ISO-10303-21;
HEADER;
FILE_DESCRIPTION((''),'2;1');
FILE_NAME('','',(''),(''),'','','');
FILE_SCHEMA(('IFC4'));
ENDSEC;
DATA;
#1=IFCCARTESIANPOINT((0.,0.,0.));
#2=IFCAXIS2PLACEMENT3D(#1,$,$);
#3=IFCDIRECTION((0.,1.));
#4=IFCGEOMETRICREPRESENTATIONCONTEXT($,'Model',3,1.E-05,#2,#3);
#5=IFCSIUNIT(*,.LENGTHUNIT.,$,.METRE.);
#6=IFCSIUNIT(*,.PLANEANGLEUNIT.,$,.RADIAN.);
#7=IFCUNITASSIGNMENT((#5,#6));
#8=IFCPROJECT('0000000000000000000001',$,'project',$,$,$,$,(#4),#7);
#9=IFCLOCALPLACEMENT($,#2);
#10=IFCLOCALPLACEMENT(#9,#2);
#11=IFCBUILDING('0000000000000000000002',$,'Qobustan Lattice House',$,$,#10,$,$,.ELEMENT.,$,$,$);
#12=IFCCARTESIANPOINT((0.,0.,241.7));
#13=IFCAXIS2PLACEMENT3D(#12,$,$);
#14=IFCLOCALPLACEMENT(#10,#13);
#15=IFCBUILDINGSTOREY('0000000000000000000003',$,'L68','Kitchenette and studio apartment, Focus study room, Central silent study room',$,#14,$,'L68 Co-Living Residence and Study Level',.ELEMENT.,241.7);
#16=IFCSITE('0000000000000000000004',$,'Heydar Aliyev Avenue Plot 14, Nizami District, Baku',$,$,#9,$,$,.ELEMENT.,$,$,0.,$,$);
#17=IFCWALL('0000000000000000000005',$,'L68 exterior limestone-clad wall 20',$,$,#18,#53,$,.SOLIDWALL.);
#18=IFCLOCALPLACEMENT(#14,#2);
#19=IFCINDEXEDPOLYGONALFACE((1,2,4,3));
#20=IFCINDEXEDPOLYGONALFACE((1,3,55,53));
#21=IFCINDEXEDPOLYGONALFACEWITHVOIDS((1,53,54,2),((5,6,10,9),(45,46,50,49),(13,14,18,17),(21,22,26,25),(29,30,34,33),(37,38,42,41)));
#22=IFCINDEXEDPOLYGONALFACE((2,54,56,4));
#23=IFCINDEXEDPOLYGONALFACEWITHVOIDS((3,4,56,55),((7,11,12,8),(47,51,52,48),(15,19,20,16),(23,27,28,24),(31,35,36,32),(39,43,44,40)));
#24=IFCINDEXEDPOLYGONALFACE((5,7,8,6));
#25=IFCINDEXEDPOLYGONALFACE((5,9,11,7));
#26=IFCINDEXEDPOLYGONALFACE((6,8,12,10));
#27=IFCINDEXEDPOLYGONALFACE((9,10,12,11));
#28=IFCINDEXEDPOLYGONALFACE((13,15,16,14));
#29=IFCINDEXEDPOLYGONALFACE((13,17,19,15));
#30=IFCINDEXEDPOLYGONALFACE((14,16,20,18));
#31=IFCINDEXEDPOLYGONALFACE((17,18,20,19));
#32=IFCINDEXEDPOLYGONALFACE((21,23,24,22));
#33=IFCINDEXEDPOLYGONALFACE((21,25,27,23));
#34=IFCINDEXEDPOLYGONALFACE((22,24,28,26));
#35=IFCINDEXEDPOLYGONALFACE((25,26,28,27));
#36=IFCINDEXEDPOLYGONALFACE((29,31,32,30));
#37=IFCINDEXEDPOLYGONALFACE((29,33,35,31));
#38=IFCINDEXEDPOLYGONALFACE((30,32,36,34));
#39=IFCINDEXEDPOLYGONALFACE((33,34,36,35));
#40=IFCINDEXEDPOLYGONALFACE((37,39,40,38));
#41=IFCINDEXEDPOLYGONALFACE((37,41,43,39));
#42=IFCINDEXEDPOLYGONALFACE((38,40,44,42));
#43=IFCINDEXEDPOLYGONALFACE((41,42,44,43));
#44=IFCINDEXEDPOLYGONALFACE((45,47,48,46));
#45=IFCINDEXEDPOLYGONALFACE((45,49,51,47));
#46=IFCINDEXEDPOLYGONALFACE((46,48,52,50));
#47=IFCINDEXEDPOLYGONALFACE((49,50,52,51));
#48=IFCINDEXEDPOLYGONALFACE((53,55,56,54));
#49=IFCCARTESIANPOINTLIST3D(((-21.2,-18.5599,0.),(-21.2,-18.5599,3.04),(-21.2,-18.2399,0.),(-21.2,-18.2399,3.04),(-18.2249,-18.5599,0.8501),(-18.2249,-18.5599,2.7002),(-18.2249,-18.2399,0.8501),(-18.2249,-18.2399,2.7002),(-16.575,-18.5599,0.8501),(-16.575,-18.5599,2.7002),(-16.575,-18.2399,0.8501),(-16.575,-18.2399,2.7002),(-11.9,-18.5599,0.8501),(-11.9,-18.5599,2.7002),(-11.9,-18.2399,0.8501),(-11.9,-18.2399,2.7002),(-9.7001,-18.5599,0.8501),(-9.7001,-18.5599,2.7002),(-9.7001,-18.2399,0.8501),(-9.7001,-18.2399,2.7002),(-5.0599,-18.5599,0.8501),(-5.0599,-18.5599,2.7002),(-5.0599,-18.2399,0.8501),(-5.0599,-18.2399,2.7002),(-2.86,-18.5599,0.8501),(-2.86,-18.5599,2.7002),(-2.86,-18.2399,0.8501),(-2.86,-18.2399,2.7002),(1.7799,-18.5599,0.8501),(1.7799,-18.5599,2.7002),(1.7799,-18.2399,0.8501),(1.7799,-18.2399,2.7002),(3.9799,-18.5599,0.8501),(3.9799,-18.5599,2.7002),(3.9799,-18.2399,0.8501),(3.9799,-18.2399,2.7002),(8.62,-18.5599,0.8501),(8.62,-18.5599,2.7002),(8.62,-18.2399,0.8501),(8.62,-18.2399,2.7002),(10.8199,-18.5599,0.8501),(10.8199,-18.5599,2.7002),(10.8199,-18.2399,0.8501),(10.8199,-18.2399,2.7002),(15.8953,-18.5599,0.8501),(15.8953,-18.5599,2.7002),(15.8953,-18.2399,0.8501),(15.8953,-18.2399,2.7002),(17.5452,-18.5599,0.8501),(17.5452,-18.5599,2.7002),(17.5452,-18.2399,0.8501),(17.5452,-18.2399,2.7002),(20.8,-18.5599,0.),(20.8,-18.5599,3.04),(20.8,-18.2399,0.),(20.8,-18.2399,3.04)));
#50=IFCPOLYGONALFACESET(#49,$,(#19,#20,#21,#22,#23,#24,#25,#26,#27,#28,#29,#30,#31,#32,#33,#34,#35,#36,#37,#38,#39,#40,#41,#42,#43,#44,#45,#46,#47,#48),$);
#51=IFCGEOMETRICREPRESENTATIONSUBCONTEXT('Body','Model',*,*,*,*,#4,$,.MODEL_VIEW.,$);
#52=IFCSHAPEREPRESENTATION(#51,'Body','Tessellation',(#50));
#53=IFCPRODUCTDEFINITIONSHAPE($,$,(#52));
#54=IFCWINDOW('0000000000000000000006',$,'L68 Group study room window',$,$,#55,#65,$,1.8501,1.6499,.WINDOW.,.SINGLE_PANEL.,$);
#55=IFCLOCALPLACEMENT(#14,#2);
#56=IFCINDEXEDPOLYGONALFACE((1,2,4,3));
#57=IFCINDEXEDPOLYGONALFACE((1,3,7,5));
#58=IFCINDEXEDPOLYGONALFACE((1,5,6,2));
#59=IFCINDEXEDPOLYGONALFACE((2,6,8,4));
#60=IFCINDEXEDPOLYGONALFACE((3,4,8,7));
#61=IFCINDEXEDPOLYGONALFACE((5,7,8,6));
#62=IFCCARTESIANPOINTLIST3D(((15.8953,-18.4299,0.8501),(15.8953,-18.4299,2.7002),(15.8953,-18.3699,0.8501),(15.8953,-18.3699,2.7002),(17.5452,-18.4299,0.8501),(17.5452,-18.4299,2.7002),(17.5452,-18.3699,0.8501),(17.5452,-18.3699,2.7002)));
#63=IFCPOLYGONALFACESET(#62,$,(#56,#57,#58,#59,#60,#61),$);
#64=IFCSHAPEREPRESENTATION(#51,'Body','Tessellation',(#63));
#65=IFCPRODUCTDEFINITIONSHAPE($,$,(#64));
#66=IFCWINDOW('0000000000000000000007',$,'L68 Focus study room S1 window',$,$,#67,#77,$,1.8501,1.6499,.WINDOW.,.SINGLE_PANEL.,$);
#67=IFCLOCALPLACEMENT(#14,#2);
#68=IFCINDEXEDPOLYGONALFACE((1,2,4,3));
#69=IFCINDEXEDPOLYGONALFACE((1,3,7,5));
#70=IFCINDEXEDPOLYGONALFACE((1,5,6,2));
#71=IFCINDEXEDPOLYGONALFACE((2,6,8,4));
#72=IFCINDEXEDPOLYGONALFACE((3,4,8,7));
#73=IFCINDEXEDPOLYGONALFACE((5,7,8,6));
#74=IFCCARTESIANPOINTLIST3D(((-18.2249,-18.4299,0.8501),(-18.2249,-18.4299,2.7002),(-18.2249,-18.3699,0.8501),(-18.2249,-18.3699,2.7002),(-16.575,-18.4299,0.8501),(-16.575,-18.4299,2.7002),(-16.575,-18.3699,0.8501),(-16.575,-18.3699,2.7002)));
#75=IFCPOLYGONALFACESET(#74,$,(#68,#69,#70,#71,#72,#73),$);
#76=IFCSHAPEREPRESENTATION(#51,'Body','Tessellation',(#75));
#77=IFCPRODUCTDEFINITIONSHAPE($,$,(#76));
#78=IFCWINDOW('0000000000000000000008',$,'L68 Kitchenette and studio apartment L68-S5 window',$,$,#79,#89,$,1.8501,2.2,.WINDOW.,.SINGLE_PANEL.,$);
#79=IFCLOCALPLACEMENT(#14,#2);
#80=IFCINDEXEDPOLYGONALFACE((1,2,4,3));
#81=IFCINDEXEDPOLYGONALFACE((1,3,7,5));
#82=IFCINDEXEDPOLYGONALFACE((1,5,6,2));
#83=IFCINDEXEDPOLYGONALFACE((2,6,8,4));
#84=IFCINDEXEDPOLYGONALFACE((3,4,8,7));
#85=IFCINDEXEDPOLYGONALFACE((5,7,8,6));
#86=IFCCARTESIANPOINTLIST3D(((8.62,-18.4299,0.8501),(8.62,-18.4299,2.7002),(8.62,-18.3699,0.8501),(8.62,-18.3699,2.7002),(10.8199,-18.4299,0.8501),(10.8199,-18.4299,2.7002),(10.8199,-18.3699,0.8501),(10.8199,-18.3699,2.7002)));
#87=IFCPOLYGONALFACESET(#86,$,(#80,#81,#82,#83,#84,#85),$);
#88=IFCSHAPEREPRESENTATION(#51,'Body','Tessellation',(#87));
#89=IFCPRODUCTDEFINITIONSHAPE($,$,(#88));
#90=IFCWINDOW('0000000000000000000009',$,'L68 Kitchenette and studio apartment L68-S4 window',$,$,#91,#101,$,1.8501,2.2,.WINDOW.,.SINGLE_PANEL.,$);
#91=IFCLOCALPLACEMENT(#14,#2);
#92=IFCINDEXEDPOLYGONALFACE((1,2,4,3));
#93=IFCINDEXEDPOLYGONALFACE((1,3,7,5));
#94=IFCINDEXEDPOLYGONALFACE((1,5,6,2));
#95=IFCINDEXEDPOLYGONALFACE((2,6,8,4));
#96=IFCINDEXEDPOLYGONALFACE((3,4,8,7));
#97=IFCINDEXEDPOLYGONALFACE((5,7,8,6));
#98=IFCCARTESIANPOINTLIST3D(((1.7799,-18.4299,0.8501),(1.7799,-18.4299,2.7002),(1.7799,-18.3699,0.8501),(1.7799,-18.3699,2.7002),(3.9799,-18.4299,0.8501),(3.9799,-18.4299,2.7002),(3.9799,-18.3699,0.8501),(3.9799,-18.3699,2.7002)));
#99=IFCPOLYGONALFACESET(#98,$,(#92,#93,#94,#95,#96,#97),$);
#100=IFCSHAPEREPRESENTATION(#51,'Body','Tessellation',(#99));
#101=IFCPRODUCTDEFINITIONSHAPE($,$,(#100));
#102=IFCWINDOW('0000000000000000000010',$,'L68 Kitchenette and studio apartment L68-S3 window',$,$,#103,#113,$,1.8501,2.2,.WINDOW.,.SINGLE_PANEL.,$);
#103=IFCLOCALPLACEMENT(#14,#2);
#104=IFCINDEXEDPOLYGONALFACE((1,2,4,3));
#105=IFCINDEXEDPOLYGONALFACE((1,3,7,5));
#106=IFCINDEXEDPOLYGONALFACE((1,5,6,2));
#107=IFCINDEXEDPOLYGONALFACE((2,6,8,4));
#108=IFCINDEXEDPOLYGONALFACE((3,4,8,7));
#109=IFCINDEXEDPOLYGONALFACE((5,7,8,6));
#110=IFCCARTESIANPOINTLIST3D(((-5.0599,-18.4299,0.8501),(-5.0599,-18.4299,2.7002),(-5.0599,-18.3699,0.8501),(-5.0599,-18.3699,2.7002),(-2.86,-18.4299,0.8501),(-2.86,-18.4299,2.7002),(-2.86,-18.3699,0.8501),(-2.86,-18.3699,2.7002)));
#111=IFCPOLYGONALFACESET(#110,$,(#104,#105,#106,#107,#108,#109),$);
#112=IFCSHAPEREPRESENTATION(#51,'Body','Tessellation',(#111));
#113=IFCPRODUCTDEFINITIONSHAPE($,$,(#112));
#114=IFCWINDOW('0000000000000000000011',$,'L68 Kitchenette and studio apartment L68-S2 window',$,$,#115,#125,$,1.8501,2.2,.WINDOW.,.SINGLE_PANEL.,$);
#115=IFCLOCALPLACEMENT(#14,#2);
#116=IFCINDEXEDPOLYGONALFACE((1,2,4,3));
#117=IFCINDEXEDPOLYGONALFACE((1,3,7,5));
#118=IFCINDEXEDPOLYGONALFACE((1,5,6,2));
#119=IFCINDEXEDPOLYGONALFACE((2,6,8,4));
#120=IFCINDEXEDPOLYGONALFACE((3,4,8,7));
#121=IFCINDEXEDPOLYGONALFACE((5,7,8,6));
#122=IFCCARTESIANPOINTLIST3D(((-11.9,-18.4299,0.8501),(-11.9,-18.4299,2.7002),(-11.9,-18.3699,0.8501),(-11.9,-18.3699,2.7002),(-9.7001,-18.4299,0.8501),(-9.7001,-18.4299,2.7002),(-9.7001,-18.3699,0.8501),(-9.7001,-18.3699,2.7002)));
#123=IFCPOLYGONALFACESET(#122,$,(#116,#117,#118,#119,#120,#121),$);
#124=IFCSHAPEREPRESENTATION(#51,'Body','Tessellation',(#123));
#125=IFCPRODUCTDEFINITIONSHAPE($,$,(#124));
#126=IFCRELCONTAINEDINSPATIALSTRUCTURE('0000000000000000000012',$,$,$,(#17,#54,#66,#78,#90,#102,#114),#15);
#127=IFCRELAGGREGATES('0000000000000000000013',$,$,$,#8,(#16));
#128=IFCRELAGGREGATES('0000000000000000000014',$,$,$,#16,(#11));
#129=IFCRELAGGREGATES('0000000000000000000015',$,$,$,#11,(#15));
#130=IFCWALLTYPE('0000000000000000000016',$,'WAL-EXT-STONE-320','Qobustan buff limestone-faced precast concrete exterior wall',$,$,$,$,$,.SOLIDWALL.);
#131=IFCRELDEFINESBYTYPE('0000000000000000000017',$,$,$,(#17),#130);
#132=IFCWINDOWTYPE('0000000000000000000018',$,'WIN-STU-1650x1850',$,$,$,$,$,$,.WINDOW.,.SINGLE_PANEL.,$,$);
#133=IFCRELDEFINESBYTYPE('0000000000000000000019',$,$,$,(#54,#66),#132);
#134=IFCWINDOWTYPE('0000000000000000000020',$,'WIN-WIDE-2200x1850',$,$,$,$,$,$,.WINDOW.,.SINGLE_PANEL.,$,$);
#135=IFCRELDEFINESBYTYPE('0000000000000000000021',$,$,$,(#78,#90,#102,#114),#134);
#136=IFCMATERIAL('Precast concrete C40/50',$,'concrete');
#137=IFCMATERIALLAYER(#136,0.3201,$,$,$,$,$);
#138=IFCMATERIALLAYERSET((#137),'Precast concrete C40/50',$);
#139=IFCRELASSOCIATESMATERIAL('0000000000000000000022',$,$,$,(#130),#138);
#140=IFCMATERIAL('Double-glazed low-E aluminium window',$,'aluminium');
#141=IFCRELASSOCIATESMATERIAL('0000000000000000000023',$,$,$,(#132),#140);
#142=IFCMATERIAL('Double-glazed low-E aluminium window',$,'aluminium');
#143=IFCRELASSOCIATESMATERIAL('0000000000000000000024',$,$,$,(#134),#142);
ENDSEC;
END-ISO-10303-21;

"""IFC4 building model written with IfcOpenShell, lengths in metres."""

from ifc_helpers import new_model, si_unit, direction, frame, frame_2d, origin, place, context, subcontext, project, spatial, rectangle, extrude, material, layer, layer_set, type_object, element, fill, save


model = new_model("IFC4")

# Units and contexts
model_context = context("Model", 3, precision=1e-05, world=origin(), true_north=direction((0.0, 1.0)))
body_context = subcontext(model_context, "Body", "Model", "MODEL_VIEW")
ifc_project = project(units=[si_unit("LENGTHUNIT", "METRE"), si_unit("PLANEANGLEUNIT", "RADIAN")], contexts=[model_context])

# Site, building, storey
site_placement = place(None, origin())
site = spatial("IfcSite", under=ifc_project, at=site_placement, Name="Heydar Aliyev Avenue Plot 14, Nizami District, Baku", CompositionType="ELEMENT", RefElevation=0.0)
building_placement = place(site_placement, origin())
building = spatial("IfcBuilding", under=site, at=building_placement, Name="Qobustan Lattice House", CompositionType="ELEMENT")
storey_placement = place(building_placement, frame((0.0, 0.0, 241.7)))
storey = spatial("IfcBuildingStorey", under=building, at=storey_placement, Name="L68", Description="Kitchenette and studio apartment, Focus study room, Central silent study room", LongName="L68 Co-Living Residence and Study Level", CompositionType="ELEMENT", Elevation=241.7)

# Shared definitions
ifc_material_1 = material(Name="Precast concrete C40/50", Category="concrete")
ifc_layer_1 = layer(ifc_material_1, 0.3201)
ifc_layer_set_1 = layer_set([ifc_layer_1], Name="Precast concrete C40/50")
wall_type = type_object("IfcWallType", Name="WAL-EXT-STONE-320", Description="Qobustan buff limestone-faced precast concrete exterior wall", PredefinedType="SOLIDWALL", material=ifc_layer_set_1)

# Wall, openings, windows
wall_1_placement = place(storey_placement, frame((20.8, -18.3999, 0.0), z_axis=(0.0, 0.0, 1.0), x_axis=(-1.0, 0.0, 0.0)))
wall_1 = element("IfcWall", 1, at=wall_1_placement, inside=storey, type_object=wall_type, Name="L68 exterior limestone-clad wall 20", PredefinedType="SOLIDWALL", context=body_context, shape_type="SweptSolid", body=[
    extrude(rectangle(XDim=42.0, YDim=0.3201, at=frame_2d((21.0, 0.0))), origin(), (0.0, 0.0, 1.0), 3.04),
])
opening_1_placement = place(wall_1_placement, frame((3.2549, 0.0, 0.8501)))
opening_1 = element("IfcOpeningElement", 2, at=opening_1_placement, cuts=wall_1, PredefinedType="OPENING", context=body_context, shape_type="SweptSolid", body=[
    extrude(rectangle(XDim=1.6499, YDim=1.8501, at=frame_2d((0.825, 0.925))), frame((0.0, 0.1699, 0.0), z_axis=(0.0, -1.0, 0.0), x_axis=(1.0, 0.0, 0.0)), (0.0, 0.0, 1.0), 0.3401),
])
opening_2_placement = place(wall_1_placement, frame((9.98, 0.0, 0.8501)))
opening_2 = element("IfcOpeningElement", 3, at=opening_2_placement, cuts=wall_1, PredefinedType="OPENING", context=body_context, shape_type="SweptSolid", body=[
    extrude(rectangle(XDim=2.2, YDim=1.8501, at=frame_2d((1.1001, 0.925))), frame((0.0, 0.1699, 0.0), z_axis=(0.0, -1.0, 0.0), x_axis=(1.0, 0.0, 0.0)), (0.0, 0.0, 1.0), 0.3401),
])
opening_3_placement = place(wall_1_placement, frame((16.8201, 0.0, 0.8501)))
opening_3 = element("IfcOpeningElement", 4, at=opening_3_placement, cuts=wall_1, PredefinedType="OPENING", context=body_context, shape_type="SweptSolid", body=[
    extrude(rectangle(XDim=2.2, YDim=1.8501, at=frame_2d((1.1001, 0.925))), frame((0.0, 0.1699, 0.0), z_axis=(0.0, -1.0, 0.0), x_axis=(1.0, 0.0, 0.0)), (0.0, 0.0, 1.0), 0.3401),
])
opening_4_placement = place(wall_1_placement, frame((23.6599, 0.0, 0.8501)))
opening_4 = element("IfcOpeningElement", 5, at=opening_4_placement, cuts=wall_1, PredefinedType="OPENING", context=body_context, shape_type="SweptSolid", body=[
    extrude(rectangle(XDim=2.2, YDim=1.8501, at=frame_2d((1.1001, 0.925))), frame((0.0, 0.1699, 0.0), z_axis=(0.0, -1.0, 0.0), x_axis=(1.0, 0.0, 0.0)), (0.0, 0.0, 1.0), 0.3401),
])
opening_5_placement = place(wall_1_placement, frame((30.5, 0.0, 0.8501)))
opening_5 = element("IfcOpeningElement", 6, at=opening_5_placement, cuts=wall_1, PredefinedType="OPENING", context=body_context, shape_type="SweptSolid", body=[
    extrude(rectangle(XDim=2.2, YDim=1.8501, at=frame_2d((1.1001, 0.925))), frame((0.0, 0.1699, 0.0), z_axis=(0.0, -1.0, 0.0), x_axis=(1.0, 0.0, 0.0)), (0.0, 0.0, 1.0), 0.3401),
])
opening_6_placement = place(wall_1_placement, frame((37.375, 0.0, 0.8501)))
opening_6 = element("IfcOpeningElement", 7, at=opening_6_placement, cuts=wall_1, PredefinedType="OPENING", context=body_context, shape_type="SweptSolid", body=[
    extrude(rectangle(XDim=1.6499, YDim=1.8501, at=frame_2d((0.825, 0.925))), frame((0.0, 0.1699, 0.0), z_axis=(0.0, -1.0, 0.0), x_axis=(1.0, 0.0, 0.0)), (0.0, 0.0, 1.0), 0.3401),
])
ifc_material_2 = material(Name="Double-glazed low-E aluminium window", Category="aluminium")
window_type_1 = type_object("IfcWindowType", Name="WIN-STU-1650x1850", PartitioningType="SINGLE_PANEL", PredefinedType="WINDOW", material=ifc_material_2)
window_1_placement = place(opening_1_placement, origin())
window_1 = element("IfcWindow", 8, at=window_1_placement, inside=storey, type_object=window_type_1, Name="L68 Group study room window", OverallHeight=1.8501, OverallWidth=1.6499, PartitioningType="SINGLE_PANEL", PredefinedType="WINDOW", context=body_context, shape_type="SweptSolid", body=[
    extrude(rectangle(XDim=1.6499, YDim=1.8501, at=frame_2d((0.825, 0.925))), frame((0.0, 0.03, 0.0), z_axis=(0.0, -1.0, 0.0), x_axis=(1.0, 0.0, 0.0)), (0.0, 0.0, 1.0), 0.0601),
])
fill(opening_1, window_1)
window_2_placement = place(opening_6_placement, origin())
window_2 = element("IfcWindow", 9, at=window_2_placement, inside=storey, type_object=window_type_1, Name="L68 Focus study room S1 window", OverallHeight=1.8501, OverallWidth=1.6499, PartitioningType="SINGLE_PANEL", PredefinedType="WINDOW", context=body_context, shape_type="SweptSolid", body=[
    extrude(rectangle(XDim=1.6499, YDim=1.8501, at=frame_2d((0.825, 0.925))), frame((0.0, 0.03, 0.0), z_axis=(0.0, -1.0, 0.0), x_axis=(1.0, 0.0, 0.0)), (0.0, 0.0, 1.0), 0.0601),
])
fill(opening_6, window_2)
ifc_material_3 = material(Name="Double-glazed low-E aluminium window", Category="aluminium")
window_type_2 = type_object("IfcWindowType", Name="WIN-WIDE-2200x1850", PartitioningType="SINGLE_PANEL", PredefinedType="WINDOW", material=ifc_material_3)
window_3_placement = place(opening_2_placement, origin())
window_3 = element("IfcWindow", 10, at=window_3_placement, inside=storey, type_object=window_type_2, Name="L68 Kitchenette and studio apartment L68-S5 window", OverallHeight=1.8501, OverallWidth=2.2, PartitioningType="SINGLE_PANEL", PredefinedType="WINDOW", context=body_context, shape_type="SweptSolid", body=[
    extrude(rectangle(XDim=2.2, YDim=1.8501, at=frame_2d((1.1001, 0.925))), frame((0.0, 0.03, 0.0), z_axis=(0.0, -1.0, 0.0), x_axis=(1.0, 0.0, 0.0)), (0.0, 0.0, 1.0), 0.0601),
])
fill(opening_2, window_3)
window_4_placement = place(opening_3_placement, origin())
window_4 = element("IfcWindow", 11, at=window_4_placement, inside=storey, type_object=window_type_2, Name="L68 Kitchenette and studio apartment L68-S4 window", OverallHeight=1.8501, OverallWidth=2.2, PartitioningType="SINGLE_PANEL", PredefinedType="WINDOW", context=body_context, shape_type="SweptSolid", body=[
    extrude(rectangle(XDim=2.2, YDim=1.8501, at=frame_2d((1.1001, 0.925))), frame((0.0, 0.03, 0.0), z_axis=(0.0, -1.0, 0.0), x_axis=(1.0, 0.0, 0.0)), (0.0, 0.0, 1.0), 0.0601),
])
fill(opening_3, window_4)
window_5_placement = place(opening_4_placement, origin())
window_5 = element("IfcWindow", 12, at=window_5_placement, inside=storey, type_object=window_type_2, Name="L68 Kitchenette and studio apartment L68-S3 window", OverallHeight=1.8501, OverallWidth=2.2, PartitioningType="SINGLE_PANEL", PredefinedType="WINDOW", context=body_context, shape_type="SweptSolid", body=[
    extrude(rectangle(XDim=2.2, YDim=1.8501, at=frame_2d((1.1001, 0.925))), frame((0.0, 0.03, 0.0), z_axis=(0.0, -1.0, 0.0), x_axis=(1.0, 0.0, 0.0)), (0.0, 0.0, 1.0), 0.0601),
])
fill(opening_4, window_5)
window_6_placement = place(opening_5_placement, origin())
window_6 = element("IfcWindow", 13, at=window_6_placement, inside=storey, type_object=window_type_2, Name="L68 Kitchenette and studio apartment L68-S2 window", OverallHeight=1.8501, OverallWidth=2.2, PartitioningType="SINGLE_PANEL", PredefinedType="WINDOW", context=body_context, shape_type="SweptSolid", body=[
    extrude(rectangle(XDim=2.2, YDim=1.8501, at=frame_2d((1.1001, 0.925))), frame((0.0, 0.03, 0.0), z_axis=(0.0, -1.0, 0.0), x_axis=(1.0, 0.0, 0.0)), (0.0, 0.0, 1.0), 0.0601),
])
fill(opening_5, window_6)

save(model, "model.ifc")
